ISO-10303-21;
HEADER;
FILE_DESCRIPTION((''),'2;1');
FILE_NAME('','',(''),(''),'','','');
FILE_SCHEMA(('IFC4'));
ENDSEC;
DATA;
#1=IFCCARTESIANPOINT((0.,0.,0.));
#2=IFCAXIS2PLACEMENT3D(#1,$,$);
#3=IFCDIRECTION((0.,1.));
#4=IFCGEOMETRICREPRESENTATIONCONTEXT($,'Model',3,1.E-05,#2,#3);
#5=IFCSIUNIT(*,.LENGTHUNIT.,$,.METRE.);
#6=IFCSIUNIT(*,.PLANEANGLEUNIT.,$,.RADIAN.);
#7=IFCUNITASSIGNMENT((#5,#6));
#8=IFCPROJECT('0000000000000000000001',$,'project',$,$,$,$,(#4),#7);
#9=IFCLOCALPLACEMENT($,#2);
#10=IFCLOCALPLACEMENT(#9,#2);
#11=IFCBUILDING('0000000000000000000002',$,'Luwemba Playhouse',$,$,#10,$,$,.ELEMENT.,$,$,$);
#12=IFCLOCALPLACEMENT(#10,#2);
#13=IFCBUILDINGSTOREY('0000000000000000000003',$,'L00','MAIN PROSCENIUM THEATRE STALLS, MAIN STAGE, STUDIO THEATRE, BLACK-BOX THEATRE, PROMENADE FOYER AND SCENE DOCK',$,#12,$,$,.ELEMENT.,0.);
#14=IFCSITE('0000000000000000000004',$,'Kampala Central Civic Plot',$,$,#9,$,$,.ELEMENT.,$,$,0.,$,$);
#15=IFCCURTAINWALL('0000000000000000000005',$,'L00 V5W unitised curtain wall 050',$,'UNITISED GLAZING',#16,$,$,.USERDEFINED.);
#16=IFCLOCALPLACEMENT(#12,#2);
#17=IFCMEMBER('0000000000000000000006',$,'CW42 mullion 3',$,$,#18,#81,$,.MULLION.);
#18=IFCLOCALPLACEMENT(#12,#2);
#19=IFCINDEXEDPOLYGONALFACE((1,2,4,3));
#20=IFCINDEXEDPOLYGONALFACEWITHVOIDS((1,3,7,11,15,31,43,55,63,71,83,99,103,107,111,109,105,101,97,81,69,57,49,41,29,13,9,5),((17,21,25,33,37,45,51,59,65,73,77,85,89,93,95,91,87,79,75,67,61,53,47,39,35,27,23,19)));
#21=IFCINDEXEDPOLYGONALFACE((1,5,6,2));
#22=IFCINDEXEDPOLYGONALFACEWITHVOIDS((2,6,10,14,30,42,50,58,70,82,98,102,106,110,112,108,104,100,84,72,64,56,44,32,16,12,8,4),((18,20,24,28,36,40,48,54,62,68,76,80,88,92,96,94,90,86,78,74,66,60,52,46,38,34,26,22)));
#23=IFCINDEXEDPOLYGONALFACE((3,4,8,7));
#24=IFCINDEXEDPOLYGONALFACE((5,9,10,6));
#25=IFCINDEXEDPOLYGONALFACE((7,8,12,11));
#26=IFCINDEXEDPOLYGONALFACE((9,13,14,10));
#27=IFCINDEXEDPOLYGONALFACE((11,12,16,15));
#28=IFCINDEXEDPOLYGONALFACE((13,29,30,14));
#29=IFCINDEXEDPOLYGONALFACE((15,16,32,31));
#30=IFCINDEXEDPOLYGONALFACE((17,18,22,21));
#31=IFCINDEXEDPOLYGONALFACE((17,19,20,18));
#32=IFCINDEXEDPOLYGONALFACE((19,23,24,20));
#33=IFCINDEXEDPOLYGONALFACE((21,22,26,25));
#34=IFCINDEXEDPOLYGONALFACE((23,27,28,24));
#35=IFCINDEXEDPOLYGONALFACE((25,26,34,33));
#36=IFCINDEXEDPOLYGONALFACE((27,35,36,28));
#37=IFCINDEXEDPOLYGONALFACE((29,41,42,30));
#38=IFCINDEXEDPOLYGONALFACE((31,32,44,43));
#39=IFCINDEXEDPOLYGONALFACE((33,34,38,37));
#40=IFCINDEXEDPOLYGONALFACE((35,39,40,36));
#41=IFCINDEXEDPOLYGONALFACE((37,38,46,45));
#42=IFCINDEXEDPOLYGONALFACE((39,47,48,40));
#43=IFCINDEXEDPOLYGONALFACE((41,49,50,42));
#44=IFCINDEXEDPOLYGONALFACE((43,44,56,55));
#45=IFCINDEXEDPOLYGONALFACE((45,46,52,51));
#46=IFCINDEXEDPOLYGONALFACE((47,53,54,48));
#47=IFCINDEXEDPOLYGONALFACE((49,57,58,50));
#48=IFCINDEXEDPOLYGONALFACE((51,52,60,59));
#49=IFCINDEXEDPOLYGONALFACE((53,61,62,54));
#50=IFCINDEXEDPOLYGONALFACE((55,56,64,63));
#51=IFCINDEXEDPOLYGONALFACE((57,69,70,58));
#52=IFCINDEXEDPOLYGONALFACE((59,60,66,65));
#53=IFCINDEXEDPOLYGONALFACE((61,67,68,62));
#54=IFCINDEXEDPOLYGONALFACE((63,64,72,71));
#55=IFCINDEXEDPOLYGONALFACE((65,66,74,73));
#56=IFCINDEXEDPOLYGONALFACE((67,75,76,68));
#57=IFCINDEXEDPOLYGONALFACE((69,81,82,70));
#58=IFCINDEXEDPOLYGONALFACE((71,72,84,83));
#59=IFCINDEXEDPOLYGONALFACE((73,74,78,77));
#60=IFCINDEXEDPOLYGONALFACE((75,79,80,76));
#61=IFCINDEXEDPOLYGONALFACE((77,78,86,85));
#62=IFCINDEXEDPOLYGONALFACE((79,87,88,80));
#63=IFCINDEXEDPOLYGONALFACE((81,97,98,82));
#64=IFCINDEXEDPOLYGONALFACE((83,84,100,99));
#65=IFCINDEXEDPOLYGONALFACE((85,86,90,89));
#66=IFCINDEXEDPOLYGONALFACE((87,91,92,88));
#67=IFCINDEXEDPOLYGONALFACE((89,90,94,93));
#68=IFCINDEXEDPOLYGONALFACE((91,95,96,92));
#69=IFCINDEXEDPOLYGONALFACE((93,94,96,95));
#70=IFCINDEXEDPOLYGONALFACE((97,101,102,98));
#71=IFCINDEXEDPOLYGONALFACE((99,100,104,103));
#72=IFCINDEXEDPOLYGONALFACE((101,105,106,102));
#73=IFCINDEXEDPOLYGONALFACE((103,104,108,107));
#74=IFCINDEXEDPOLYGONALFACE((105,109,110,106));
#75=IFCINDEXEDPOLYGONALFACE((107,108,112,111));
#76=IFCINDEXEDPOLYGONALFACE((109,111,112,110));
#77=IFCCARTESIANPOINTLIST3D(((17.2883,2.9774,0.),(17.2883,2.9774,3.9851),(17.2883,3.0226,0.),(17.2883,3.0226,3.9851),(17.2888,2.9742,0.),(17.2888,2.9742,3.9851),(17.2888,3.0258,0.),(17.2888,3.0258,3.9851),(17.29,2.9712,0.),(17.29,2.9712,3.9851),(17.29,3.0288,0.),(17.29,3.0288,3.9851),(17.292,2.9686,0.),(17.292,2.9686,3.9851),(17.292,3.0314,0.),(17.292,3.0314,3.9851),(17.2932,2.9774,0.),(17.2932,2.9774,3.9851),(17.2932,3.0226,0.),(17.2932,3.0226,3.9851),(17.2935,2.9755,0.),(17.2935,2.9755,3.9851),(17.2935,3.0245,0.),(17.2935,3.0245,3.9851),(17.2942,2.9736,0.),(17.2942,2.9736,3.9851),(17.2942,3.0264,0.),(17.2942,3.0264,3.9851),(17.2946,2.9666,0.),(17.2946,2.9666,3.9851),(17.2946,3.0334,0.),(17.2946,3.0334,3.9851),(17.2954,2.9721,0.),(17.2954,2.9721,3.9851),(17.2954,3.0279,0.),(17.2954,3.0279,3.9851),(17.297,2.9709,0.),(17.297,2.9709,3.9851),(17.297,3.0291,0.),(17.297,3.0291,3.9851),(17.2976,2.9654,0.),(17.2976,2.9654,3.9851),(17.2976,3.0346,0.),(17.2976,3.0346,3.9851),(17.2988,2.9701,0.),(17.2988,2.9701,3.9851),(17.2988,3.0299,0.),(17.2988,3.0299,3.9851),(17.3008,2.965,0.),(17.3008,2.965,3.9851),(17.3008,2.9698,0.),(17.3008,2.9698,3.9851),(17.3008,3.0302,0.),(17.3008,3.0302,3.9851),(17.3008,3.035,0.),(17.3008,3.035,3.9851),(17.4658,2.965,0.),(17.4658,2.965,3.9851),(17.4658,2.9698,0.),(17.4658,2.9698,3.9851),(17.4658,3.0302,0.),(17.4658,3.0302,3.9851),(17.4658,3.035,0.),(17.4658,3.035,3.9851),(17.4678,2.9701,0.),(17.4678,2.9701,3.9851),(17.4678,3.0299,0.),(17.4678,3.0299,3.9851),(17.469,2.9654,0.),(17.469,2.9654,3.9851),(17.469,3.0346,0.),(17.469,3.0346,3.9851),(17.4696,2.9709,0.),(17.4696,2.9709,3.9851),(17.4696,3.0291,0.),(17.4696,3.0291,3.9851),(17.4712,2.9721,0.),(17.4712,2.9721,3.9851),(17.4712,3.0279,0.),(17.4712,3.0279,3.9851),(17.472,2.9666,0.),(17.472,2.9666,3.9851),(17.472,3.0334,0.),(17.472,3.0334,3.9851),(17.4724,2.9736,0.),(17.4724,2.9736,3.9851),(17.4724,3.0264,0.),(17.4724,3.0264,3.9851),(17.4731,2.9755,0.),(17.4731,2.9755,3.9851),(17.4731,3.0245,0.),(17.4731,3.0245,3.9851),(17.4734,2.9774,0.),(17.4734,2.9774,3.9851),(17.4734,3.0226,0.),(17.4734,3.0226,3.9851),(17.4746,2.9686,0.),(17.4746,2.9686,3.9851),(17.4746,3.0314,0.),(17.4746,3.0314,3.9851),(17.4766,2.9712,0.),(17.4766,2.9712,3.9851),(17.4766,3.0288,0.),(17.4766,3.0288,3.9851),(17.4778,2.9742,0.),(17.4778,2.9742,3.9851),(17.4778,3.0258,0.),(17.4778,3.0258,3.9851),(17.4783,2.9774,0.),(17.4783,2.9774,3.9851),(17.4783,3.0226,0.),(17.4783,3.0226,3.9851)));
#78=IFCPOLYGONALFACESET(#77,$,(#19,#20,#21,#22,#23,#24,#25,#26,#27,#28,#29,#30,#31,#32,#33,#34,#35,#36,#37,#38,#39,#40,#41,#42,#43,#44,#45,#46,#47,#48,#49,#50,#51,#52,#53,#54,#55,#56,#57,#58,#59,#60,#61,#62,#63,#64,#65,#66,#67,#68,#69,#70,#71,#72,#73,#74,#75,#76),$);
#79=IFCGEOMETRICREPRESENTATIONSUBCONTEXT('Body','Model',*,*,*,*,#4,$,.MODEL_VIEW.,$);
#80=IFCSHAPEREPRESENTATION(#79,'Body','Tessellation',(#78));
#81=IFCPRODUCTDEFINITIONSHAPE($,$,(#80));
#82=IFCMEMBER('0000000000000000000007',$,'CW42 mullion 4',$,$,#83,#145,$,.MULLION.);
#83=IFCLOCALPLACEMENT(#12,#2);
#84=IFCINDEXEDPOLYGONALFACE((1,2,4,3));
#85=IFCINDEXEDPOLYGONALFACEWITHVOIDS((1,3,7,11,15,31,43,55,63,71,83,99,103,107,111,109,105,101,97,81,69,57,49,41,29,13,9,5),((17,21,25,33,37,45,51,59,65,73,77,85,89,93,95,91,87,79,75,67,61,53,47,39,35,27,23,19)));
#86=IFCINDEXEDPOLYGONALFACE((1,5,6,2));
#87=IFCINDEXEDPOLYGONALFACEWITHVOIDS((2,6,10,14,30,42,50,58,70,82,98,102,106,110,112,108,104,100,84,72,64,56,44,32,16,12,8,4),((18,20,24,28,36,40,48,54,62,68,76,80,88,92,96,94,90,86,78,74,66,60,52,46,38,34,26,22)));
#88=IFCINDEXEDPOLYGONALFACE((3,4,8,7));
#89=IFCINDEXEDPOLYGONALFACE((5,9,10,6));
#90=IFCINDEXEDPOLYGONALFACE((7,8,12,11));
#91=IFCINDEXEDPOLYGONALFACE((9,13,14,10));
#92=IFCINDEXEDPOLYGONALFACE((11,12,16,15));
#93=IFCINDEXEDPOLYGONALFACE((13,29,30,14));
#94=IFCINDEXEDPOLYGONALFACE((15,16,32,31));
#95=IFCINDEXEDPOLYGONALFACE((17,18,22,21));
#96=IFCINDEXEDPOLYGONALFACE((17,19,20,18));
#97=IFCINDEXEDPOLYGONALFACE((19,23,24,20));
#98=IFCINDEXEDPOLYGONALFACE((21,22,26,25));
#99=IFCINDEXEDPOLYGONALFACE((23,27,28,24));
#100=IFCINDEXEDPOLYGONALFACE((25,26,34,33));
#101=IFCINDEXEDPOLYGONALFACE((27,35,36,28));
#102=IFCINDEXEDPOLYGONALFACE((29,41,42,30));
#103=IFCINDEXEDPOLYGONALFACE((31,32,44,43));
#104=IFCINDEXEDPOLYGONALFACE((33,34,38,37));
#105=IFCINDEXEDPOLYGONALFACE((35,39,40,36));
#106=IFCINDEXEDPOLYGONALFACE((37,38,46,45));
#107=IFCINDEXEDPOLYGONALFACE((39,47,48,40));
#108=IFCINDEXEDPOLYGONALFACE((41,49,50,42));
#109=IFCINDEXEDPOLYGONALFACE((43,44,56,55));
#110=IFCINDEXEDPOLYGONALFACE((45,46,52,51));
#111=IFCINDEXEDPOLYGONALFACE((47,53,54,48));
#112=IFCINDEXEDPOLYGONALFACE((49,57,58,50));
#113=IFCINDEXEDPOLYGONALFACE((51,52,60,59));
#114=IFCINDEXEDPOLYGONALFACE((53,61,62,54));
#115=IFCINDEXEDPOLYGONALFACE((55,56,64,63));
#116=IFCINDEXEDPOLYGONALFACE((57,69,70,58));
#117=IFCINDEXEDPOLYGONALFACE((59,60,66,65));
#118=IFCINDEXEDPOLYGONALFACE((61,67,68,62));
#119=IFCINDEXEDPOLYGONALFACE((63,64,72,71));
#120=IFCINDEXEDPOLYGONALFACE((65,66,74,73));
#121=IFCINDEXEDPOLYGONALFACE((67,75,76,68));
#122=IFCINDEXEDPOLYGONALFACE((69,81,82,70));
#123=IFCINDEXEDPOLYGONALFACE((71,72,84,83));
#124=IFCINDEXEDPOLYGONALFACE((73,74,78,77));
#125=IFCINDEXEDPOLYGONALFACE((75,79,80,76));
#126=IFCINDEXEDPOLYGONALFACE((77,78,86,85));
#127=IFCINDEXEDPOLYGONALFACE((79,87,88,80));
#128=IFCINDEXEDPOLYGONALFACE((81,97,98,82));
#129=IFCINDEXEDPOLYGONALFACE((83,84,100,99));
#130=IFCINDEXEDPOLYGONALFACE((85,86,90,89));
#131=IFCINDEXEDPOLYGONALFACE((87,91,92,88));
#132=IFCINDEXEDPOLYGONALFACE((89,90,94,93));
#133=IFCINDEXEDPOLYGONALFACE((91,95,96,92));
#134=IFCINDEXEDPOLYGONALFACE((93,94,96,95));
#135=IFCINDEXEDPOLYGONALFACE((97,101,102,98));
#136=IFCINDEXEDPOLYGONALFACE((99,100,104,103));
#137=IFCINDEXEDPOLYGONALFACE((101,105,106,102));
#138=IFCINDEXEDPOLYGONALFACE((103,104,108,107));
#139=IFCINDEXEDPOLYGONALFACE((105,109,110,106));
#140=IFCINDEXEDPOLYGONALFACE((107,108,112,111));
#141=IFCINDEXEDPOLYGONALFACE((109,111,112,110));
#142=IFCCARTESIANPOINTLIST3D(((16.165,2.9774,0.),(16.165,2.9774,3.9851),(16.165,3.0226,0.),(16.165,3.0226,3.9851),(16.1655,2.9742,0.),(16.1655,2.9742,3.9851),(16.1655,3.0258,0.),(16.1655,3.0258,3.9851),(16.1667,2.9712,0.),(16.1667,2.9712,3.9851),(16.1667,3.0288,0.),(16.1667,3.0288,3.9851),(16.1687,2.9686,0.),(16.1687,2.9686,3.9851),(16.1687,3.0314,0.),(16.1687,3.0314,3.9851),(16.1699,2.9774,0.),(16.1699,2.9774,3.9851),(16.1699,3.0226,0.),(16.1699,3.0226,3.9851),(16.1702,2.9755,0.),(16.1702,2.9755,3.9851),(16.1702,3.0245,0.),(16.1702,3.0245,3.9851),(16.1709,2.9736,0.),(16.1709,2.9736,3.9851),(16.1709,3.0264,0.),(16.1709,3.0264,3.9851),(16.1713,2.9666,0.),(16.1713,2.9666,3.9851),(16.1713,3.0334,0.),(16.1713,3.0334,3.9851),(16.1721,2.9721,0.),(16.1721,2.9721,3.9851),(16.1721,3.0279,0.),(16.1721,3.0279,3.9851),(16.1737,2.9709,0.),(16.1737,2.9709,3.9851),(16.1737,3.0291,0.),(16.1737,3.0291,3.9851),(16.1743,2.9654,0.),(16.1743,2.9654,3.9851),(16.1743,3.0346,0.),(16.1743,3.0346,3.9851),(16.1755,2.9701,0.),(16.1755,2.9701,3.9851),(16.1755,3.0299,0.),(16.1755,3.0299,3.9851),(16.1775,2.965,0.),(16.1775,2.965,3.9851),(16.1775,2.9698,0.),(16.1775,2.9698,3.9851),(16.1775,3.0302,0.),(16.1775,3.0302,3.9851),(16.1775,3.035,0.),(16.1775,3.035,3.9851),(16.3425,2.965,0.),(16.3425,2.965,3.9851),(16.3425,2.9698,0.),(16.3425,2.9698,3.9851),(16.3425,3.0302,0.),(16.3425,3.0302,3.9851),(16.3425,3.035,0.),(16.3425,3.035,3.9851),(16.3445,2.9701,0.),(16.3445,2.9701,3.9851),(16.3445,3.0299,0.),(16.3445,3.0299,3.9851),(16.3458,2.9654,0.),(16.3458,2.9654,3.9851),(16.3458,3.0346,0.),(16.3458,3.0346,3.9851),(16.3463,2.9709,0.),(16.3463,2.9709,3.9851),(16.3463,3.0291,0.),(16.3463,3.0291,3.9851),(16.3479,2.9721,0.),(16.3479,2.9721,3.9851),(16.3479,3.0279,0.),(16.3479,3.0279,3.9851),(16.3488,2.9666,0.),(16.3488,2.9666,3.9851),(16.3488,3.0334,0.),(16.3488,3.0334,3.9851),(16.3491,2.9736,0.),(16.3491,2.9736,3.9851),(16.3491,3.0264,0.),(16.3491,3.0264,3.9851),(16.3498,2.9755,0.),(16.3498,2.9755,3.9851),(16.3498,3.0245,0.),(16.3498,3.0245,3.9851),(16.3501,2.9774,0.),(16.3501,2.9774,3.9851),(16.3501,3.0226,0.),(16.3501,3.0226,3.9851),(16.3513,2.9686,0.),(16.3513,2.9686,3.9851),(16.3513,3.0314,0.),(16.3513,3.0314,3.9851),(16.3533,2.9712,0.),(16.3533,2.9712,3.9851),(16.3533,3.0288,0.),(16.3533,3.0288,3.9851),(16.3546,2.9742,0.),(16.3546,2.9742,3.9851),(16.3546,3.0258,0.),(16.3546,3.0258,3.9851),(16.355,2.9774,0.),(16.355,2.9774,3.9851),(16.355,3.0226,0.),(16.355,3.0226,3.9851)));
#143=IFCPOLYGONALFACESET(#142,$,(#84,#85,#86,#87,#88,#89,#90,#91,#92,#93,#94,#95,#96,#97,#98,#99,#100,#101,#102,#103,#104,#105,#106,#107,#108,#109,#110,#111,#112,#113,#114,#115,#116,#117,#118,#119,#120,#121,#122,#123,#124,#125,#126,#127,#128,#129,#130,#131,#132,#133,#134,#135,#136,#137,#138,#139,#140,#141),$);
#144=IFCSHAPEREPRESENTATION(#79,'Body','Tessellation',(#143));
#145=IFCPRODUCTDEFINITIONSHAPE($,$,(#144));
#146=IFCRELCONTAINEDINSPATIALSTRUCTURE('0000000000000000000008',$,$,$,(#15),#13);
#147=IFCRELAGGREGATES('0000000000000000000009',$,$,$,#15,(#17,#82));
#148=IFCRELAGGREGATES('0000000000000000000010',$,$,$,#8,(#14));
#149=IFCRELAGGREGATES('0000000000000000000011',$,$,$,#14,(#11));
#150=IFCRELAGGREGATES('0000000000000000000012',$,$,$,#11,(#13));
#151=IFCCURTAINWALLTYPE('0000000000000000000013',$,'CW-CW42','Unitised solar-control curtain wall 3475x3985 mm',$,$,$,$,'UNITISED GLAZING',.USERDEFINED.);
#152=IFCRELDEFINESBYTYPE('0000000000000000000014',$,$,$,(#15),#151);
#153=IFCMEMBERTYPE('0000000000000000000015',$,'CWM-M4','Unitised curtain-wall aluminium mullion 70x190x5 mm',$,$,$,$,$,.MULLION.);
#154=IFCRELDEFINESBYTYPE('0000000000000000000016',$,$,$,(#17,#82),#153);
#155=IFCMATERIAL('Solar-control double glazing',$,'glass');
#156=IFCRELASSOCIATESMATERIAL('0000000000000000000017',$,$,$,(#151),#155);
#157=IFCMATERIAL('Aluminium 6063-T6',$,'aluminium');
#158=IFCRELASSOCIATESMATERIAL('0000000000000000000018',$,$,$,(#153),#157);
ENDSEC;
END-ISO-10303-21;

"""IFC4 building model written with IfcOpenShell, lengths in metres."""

from ifc_helpers import new_model, si_unit, direction, frame, origin, origin_2d, place, context, subcontext, project, spatial, hollow_rectangle, extrude, material, material_profile, profile_set, type_object, element, aggregate, save


model = new_model("IFC4")

# Units and contexts
model_context = context("Model", 3, precision=1e-05, world=origin(), true_north=direction((0.0, 1.0)))
body_context = subcontext(model_context, "Body", "Model", "MODEL_VIEW")
ifc_project = project(units=[si_unit("LENGTHUNIT", "METRE"), si_unit("PLANEANGLEUNIT", "RADIAN")], contexts=[model_context])

# Site, building, storey
site_placement = place(None, origin())
site = spatial("IfcSite", under=ifc_project, at=site_placement, Name="Kampala Central Civic Plot", CompositionType="ELEMENT", RefElevation=0.0)
building_placement = place(site_placement, origin())
building = spatial("IfcBuilding", under=site, at=building_placement, Name="Luwemba Playhouse", CompositionType="ELEMENT")
storey_placement = place(building_placement, origin())
storey = spatial("IfcBuildingStorey", under=building, at=storey_placement, Name="L00", Description="MAIN PROSCENIUM THEATRE STALLS, MAIN STAGE, STUDIO THEATRE, BLACK-BOX THEATRE, PROMENADE FOYER AND SCENE DOCK", CompositionType="ELEMENT", Elevation=0.0)

# Shared definitions
ifc_material_1 = material(Name="Solar-control double glazing", Category="glass")
ifc_material_2 = material(Name="Aluminium 6063-T6", Category="aluminium")

# Curtain wall, members
curtain_wall_type_1 = type_object("IfcCurtainWallType", Name="CW-CW42", Description="Unitised solar-control curtain wall 3475x3985 mm", ElementType="UNITISED GLAZING", PredefinedType="USERDEFINED", material=ifc_material_1)
curtain_wall_1_placement = place(storey_placement, origin())
curtain_wall_1 = element("IfcCurtainWall", 1, at=curtain_wall_1_placement, inside=storey, type_object=curtain_wall_type_1, Name="L00 V5W unitised curtain wall 050", ObjectType="UNITISED GLAZING", PredefinedType="USERDEFINED")
ifc_material_profile_1 = material_profile(ifc_material_2, hollow_rectangle(XDim=0.0701, YDim=0.1899, WallThickness=0.0049, InnerFilletRadius=0.0076, OuterFilletRadius=0.0125, at=origin_2d()))
ifc_profile_set_1 = profile_set([ifc_material_profile_1], Name="Aluminium 6063-T6")
member_type_1 = type_object("IfcMemberType", Name="CWM-M4", Description="Unitised curtain-wall aluminium mullion 70x190x5 mm", PredefinedType="MULLION", material=ifc_profile_set_1)
member_1_placement = place(storey_placement, frame((17.3833, 3.0, 0.0), z_axis=(0.0, 0.0, 1.0), x_axis=(0.0, -1.0, 0.0)))
member_1 = element("IfcMember", 2, at=member_1_placement, type_object=member_type_1, Name="CW42 mullion 3", PredefinedType="MULLION", context=body_context, shape_type="SweptSolid", body=[
    extrude(hollow_rectangle(XDim=0.0701, YDim=0.1899, WallThickness=0.0049, InnerFilletRadius=0.0076, OuterFilletRadius=0.0125, at=origin_2d()), origin(), (0.0, 0.0, 1.0), 3.9851),
])
member_2_placement = place(storey_placement, frame((16.26, 3.0, 0.0), z_axis=(0.0, 0.0, 1.0), x_axis=(0.0, -1.0, 0.0)))
member_2 = element("IfcMember", 3, at=member_2_placement, type_object=member_type_1, Name="CW42 mullion 4", PredefinedType="MULLION", context=body_context, shape_type="SweptSolid", body=[
    extrude(hollow_rectangle(XDim=0.0701, YDim=0.1899, WallThickness=0.0049, InnerFilletRadius=0.0076, OuterFilletRadius=0.0125, at=origin_2d()), origin(), (0.0, 0.0, 1.0), 3.9851),
])

aggregate(curtain_wall_1, [member_1, member_2])

save(model, "model.ifc")
